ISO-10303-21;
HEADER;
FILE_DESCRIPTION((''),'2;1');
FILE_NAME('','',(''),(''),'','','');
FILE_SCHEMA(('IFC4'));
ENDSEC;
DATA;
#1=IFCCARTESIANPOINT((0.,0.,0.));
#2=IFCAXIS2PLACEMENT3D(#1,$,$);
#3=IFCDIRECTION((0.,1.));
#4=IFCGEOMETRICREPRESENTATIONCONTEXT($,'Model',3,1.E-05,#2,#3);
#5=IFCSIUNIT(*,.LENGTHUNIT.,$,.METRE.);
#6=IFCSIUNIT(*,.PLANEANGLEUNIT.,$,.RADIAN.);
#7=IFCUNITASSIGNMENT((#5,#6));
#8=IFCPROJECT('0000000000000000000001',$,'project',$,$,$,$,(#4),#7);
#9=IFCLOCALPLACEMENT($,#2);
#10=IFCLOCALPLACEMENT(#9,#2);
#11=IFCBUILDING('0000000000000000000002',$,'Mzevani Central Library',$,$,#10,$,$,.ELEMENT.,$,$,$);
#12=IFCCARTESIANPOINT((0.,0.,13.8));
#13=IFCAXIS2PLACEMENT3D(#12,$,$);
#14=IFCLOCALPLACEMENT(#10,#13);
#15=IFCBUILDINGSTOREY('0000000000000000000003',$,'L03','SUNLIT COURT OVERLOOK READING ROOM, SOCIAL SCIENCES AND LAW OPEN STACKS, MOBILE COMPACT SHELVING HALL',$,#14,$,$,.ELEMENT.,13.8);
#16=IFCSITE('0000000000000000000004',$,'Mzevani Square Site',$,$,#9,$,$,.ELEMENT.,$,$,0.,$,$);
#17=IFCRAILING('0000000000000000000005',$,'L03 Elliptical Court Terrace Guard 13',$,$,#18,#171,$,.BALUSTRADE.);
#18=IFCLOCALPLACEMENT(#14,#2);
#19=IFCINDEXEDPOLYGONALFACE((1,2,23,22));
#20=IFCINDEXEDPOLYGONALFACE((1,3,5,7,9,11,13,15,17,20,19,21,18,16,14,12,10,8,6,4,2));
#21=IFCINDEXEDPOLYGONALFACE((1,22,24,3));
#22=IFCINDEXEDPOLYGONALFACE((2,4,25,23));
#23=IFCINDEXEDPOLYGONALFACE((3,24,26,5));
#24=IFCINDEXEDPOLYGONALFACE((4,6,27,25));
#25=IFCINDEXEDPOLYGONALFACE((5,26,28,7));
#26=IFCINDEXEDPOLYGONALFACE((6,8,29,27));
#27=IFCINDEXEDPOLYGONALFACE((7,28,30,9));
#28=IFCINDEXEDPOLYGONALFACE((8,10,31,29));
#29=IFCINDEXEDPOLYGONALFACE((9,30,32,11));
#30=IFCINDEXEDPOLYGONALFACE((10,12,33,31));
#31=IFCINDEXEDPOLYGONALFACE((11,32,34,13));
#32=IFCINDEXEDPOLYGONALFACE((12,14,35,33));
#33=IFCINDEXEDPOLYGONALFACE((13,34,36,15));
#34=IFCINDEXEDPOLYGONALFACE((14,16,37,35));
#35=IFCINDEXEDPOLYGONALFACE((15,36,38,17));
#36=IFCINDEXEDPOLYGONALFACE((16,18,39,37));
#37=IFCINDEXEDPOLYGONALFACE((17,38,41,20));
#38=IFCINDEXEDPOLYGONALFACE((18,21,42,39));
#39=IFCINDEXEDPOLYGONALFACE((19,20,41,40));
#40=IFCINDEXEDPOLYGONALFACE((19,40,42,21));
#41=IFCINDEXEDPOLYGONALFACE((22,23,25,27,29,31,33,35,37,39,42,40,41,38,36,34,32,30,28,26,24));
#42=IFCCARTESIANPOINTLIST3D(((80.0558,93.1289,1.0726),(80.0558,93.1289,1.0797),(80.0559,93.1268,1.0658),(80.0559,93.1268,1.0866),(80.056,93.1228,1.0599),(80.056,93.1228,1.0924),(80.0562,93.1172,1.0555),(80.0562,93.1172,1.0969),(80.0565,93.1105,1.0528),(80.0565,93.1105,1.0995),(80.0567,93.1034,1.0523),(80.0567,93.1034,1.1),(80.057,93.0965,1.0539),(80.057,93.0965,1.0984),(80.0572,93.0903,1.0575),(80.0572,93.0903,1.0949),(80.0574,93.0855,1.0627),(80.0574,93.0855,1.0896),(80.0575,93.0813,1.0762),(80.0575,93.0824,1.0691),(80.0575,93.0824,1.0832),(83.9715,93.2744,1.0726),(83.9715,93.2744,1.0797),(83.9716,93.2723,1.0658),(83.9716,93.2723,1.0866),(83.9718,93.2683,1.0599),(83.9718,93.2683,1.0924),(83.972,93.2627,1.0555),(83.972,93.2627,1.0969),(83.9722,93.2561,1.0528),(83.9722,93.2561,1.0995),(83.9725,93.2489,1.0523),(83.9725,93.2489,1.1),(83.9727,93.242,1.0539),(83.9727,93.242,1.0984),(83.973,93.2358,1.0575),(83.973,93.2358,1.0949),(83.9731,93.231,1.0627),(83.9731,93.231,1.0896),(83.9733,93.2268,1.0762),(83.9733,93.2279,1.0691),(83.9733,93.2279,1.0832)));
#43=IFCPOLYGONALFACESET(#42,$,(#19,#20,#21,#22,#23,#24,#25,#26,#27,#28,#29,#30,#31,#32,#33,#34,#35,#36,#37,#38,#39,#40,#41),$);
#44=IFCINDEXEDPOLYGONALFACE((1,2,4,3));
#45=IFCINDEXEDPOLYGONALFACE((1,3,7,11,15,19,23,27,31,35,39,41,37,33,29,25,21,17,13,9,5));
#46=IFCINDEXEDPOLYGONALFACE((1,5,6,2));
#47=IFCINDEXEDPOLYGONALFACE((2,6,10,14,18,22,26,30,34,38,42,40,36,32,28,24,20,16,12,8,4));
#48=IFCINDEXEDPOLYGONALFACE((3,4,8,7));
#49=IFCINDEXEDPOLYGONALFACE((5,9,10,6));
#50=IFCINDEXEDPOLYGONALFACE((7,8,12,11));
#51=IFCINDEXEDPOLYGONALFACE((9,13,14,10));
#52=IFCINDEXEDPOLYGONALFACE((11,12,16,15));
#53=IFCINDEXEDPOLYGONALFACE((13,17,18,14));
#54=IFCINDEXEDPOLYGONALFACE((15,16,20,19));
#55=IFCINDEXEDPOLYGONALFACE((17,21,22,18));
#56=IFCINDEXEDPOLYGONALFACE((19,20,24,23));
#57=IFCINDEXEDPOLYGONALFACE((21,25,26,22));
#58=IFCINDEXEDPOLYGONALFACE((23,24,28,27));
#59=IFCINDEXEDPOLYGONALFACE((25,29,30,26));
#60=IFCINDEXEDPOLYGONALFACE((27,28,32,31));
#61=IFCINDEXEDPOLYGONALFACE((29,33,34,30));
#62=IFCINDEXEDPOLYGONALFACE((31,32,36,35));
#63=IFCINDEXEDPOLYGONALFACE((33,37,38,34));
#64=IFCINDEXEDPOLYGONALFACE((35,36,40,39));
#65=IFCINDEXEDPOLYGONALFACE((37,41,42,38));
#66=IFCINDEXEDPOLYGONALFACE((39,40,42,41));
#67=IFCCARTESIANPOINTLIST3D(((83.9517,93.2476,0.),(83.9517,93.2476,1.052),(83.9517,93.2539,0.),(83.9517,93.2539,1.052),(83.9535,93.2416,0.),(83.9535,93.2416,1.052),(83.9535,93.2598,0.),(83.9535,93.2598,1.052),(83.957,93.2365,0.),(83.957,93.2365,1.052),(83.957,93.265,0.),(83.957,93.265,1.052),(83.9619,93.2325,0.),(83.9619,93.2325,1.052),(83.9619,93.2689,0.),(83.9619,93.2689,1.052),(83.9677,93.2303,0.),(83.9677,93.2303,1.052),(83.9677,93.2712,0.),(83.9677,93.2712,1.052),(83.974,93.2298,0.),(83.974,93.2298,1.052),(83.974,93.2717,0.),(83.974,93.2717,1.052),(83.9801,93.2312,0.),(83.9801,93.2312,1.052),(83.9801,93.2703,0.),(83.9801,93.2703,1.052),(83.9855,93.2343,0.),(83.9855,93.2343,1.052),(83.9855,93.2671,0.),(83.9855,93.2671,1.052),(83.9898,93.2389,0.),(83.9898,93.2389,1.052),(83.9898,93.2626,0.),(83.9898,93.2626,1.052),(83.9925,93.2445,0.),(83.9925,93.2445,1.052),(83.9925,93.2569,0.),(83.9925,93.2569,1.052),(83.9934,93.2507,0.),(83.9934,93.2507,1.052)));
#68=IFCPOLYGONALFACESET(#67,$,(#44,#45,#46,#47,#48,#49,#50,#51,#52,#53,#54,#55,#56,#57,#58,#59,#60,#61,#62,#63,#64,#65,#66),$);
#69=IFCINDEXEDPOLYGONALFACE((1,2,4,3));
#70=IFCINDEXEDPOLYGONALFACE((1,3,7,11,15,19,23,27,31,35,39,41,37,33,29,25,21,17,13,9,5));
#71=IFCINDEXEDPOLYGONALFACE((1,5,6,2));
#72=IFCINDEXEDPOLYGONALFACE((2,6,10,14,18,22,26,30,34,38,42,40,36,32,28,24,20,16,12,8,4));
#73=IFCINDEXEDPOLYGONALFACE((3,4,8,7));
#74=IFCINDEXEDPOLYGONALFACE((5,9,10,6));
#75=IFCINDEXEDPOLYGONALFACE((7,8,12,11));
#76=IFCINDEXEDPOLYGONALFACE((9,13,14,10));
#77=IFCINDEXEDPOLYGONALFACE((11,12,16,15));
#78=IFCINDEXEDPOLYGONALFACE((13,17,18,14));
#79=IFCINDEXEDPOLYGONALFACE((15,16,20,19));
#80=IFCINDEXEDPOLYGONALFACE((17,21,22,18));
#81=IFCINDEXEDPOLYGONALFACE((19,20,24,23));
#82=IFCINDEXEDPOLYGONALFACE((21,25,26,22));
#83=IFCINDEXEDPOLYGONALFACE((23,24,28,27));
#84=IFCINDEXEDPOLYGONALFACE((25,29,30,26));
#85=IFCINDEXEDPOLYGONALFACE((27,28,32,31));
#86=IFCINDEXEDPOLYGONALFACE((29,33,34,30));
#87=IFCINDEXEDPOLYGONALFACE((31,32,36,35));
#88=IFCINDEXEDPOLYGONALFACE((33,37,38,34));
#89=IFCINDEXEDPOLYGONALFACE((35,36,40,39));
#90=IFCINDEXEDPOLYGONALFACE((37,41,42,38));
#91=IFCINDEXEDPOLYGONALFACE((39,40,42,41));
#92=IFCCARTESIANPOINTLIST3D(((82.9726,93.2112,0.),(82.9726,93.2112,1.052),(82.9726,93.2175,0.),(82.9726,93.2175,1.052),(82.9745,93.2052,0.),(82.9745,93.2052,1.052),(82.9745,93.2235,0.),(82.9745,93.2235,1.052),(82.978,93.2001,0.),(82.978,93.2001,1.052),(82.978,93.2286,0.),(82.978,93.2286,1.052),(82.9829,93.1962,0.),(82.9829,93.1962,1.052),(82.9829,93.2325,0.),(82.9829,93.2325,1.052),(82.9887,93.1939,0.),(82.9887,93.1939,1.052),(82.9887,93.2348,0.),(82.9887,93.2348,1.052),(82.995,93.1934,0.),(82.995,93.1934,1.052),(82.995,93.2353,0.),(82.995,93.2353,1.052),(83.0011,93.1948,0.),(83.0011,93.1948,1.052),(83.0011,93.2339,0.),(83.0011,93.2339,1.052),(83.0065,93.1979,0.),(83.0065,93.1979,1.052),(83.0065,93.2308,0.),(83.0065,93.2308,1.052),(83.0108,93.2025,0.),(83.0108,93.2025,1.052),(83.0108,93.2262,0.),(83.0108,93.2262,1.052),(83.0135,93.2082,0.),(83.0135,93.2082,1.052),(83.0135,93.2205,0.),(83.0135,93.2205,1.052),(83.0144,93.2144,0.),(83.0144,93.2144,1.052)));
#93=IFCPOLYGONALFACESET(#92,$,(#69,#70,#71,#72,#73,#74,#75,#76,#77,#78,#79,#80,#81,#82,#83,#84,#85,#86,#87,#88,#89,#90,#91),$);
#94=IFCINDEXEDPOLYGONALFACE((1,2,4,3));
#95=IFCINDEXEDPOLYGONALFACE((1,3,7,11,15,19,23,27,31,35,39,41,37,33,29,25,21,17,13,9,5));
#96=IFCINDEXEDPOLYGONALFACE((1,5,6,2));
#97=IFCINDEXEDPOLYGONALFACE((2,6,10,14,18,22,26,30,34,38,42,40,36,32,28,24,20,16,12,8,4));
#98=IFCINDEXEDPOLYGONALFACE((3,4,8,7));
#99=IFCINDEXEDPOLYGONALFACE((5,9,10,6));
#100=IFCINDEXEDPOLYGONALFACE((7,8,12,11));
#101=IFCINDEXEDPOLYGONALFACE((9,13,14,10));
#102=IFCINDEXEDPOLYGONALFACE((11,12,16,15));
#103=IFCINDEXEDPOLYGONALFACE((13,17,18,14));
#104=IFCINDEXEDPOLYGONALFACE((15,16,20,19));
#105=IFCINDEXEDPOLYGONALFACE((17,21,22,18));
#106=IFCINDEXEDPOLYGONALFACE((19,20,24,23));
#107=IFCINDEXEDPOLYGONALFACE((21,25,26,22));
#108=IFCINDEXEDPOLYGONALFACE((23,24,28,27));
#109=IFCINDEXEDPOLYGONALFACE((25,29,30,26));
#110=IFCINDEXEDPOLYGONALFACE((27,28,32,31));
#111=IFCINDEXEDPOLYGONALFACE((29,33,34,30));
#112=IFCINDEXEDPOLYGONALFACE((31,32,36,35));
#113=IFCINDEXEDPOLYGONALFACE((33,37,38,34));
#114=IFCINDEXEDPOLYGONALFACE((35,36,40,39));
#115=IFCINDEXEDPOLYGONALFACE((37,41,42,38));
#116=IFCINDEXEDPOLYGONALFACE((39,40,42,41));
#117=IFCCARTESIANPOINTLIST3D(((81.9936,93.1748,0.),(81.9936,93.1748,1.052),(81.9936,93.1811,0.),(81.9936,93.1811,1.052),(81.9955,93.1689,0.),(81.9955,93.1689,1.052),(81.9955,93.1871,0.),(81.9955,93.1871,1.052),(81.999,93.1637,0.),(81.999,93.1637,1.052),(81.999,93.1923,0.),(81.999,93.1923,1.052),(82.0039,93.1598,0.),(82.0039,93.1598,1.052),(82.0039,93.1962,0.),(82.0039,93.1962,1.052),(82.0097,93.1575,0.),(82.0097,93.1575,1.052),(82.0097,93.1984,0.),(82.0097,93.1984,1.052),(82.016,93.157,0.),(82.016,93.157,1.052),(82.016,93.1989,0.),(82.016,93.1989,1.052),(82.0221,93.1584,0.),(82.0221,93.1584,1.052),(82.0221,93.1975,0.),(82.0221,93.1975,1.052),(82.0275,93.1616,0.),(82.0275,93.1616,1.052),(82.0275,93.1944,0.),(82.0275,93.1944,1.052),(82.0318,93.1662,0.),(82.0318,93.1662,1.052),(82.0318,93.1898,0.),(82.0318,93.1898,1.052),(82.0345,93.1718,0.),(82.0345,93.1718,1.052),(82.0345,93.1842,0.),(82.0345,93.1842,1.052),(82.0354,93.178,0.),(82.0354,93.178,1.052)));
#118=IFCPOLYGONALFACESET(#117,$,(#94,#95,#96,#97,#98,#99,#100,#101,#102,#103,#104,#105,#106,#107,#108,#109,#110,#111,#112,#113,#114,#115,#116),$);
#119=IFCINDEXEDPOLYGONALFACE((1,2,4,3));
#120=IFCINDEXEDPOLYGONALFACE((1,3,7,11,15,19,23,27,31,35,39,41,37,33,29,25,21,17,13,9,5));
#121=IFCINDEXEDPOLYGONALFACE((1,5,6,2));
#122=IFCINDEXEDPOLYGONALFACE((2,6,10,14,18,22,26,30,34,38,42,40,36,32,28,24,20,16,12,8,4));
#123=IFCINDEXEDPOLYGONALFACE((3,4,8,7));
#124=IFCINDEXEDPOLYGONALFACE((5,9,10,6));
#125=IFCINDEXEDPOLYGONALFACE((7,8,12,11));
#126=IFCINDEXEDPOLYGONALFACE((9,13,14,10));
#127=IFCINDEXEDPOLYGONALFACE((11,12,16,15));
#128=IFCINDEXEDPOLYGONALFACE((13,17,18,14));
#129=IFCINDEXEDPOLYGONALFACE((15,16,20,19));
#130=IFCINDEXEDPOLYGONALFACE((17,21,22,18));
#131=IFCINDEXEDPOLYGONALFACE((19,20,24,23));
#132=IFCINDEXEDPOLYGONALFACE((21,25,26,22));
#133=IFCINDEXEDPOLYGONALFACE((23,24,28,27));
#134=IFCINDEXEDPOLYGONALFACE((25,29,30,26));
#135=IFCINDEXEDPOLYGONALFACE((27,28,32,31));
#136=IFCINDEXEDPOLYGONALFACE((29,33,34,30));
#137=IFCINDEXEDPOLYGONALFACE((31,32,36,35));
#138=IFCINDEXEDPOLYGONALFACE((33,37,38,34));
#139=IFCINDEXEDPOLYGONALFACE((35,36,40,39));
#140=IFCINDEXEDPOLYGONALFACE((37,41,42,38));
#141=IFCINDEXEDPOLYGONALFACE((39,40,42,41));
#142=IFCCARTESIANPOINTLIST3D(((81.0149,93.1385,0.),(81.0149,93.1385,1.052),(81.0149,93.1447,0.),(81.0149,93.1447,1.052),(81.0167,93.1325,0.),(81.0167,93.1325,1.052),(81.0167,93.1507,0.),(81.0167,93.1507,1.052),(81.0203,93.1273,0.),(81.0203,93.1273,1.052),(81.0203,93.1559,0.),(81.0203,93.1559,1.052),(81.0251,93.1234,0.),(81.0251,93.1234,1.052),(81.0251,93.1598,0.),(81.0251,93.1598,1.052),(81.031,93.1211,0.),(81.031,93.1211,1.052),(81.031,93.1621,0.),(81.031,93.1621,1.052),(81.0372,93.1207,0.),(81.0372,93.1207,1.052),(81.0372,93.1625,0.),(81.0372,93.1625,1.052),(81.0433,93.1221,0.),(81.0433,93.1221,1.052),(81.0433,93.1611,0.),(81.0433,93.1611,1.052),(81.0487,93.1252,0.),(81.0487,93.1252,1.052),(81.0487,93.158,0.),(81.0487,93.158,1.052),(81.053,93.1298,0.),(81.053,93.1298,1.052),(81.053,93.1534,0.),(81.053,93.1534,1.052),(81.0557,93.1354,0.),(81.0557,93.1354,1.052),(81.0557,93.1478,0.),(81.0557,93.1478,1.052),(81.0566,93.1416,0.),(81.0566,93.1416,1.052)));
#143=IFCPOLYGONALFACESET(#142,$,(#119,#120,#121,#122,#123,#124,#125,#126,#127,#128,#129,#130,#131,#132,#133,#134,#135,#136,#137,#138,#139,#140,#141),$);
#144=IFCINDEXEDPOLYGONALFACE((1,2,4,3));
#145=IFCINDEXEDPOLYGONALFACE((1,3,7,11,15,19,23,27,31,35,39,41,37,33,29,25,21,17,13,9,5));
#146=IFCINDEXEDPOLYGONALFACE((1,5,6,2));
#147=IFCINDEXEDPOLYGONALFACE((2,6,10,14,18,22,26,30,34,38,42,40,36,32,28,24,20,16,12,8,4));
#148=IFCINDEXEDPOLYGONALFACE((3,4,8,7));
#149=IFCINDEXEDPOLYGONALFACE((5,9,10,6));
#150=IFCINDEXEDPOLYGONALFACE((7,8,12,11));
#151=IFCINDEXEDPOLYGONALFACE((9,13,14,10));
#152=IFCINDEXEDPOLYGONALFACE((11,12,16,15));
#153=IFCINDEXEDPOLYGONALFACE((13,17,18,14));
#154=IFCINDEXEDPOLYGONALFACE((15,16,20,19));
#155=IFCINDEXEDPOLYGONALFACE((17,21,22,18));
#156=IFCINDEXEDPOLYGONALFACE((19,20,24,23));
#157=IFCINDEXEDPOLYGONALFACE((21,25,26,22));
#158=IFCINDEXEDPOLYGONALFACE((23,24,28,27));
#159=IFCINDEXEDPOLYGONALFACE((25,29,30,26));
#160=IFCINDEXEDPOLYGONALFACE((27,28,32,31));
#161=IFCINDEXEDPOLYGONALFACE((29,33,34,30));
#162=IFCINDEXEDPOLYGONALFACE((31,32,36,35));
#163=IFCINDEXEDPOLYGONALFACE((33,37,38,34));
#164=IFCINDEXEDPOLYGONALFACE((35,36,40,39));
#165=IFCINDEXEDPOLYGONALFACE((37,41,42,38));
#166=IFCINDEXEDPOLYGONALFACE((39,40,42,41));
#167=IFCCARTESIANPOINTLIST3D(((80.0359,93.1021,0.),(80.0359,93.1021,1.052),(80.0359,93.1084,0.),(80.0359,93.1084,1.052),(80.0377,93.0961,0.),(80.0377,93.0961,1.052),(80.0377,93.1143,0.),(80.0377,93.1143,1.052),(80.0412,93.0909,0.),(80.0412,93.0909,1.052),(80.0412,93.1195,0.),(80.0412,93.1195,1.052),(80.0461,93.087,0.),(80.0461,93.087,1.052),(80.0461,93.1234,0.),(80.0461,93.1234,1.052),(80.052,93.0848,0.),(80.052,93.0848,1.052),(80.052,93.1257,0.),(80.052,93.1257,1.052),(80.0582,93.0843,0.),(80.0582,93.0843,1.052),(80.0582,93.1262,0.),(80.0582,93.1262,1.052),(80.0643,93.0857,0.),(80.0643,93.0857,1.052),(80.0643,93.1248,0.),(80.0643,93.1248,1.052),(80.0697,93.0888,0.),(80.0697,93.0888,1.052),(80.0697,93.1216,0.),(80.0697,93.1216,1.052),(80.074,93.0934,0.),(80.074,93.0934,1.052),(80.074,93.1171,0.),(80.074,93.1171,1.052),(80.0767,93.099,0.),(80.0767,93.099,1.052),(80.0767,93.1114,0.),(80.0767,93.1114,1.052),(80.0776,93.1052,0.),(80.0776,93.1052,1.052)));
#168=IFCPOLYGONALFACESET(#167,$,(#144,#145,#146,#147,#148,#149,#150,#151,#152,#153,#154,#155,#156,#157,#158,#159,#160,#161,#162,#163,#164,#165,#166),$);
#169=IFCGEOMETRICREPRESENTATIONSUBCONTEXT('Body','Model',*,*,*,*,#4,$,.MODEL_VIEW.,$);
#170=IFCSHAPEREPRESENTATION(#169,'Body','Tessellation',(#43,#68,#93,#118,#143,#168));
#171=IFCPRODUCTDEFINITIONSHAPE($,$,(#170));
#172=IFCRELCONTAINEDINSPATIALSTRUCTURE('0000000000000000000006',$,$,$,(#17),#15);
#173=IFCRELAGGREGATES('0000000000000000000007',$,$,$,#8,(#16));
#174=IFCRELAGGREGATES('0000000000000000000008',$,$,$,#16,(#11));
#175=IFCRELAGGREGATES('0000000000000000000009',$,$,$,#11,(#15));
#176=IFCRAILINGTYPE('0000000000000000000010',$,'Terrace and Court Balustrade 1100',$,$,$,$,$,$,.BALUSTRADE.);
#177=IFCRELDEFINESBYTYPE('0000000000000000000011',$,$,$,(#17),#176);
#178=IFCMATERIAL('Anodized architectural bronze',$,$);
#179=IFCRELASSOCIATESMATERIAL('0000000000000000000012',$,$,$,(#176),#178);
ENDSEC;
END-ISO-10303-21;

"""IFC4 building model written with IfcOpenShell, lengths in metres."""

from ifc_helpers import new_model, si_unit, direction, frame, origin, origin_2d, place, context, subcontext, project, spatial, circle, extrude, material, type_object, element, save


model = new_model("IFC4")

# Units and contexts
model_context = context("Model", 3, precision=1e-05, world=origin(), true_north=direction((0.0, 1.0)))
body_context = subcontext(model_context, "Body", "Model", "MODEL_VIEW")
ifc_project = project(units=[si_unit("LENGTHUNIT", "METRE"), si_unit("PLANEANGLEUNIT", "RADIAN")], contexts=[model_context])

# Site, building, storey
site_placement = place(None, origin())
site = spatial("IfcSite", under=ifc_project, at=site_placement, Name="Mzevani Square Site", CompositionType="ELEMENT", RefElevation=0.0)
building_placement = place(site_placement, origin())
building = spatial("IfcBuilding", under=site, at=building_placement, Name="Mzevani Central Library", CompositionType="ELEMENT")
storey_placement = place(building_placement, frame((0.0, 0.0, 13.8)))
storey = spatial("IfcBuildingStorey", under=building, at=storey_placement, Name="L03", Description="SUNLIT COURT OVERLOOK READING ROOM, SOCIAL SCIENCES AND LAW OPEN STACKS, MOBILE COMPACT SHELVING HALL", CompositionType="ELEMENT", Elevation=13.8)

# Railing
ifc_material_1 = material(Name="Anodized architectural bronze")
railing_type = type_object("IfcRailingType", Name="Terrace and Court Balustrade 1100", PredefinedType="BALUSTRADE", material=ifc_material_1)
railing_1_placement = place(storey_placement, frame((83.9724, 93.2507, 0.0)))
element("IfcRailing", 1, at=railing_1_placement, inside=storey, type_object=railing_type, Name="L03 Elliptical Court Terrace Guard 13", PredefinedType="BALUSTRADE", context=body_context, shape_type="SweptSolid", body=[
    extrude(circle(Radius=0.0239, at=origin_2d()), frame((0.0, 0.0, 1.0762), z_axis=(-0.99931, -0.037134, 0.0), x_axis=(0.037134, -0.99931, 0.0)), (0.0, 0.0, 1.0), 3.9185),
    extrude(circle(Radius=0.021, at=origin_2d()), origin(), (0.0, 0.0, 1.0), 1.052),
    extrude(circle(Radius=0.021, at=origin_2d()), frame((-0.979, -0.0364, 0.0)), (0.0, 0.0, 1.0), 1.052),
    extrude(circle(Radius=0.021, at=origin_2d()), frame((-1.958, -0.0728, 0.0)), (0.0, 0.0, 1.0), 1.052),
    extrude(circle(Radius=0.021, at=origin_2d()), frame((-2.9368, -0.1091, 0.0)), (0.0, 0.0, 1.0), 1.052),
    extrude(circle(Radius=0.021, at=origin_2d()), frame((-3.9158, -0.1455, 0.0)), (0.0, 0.0, 1.0), 1.052),
])

save(model, "model.ifc")
